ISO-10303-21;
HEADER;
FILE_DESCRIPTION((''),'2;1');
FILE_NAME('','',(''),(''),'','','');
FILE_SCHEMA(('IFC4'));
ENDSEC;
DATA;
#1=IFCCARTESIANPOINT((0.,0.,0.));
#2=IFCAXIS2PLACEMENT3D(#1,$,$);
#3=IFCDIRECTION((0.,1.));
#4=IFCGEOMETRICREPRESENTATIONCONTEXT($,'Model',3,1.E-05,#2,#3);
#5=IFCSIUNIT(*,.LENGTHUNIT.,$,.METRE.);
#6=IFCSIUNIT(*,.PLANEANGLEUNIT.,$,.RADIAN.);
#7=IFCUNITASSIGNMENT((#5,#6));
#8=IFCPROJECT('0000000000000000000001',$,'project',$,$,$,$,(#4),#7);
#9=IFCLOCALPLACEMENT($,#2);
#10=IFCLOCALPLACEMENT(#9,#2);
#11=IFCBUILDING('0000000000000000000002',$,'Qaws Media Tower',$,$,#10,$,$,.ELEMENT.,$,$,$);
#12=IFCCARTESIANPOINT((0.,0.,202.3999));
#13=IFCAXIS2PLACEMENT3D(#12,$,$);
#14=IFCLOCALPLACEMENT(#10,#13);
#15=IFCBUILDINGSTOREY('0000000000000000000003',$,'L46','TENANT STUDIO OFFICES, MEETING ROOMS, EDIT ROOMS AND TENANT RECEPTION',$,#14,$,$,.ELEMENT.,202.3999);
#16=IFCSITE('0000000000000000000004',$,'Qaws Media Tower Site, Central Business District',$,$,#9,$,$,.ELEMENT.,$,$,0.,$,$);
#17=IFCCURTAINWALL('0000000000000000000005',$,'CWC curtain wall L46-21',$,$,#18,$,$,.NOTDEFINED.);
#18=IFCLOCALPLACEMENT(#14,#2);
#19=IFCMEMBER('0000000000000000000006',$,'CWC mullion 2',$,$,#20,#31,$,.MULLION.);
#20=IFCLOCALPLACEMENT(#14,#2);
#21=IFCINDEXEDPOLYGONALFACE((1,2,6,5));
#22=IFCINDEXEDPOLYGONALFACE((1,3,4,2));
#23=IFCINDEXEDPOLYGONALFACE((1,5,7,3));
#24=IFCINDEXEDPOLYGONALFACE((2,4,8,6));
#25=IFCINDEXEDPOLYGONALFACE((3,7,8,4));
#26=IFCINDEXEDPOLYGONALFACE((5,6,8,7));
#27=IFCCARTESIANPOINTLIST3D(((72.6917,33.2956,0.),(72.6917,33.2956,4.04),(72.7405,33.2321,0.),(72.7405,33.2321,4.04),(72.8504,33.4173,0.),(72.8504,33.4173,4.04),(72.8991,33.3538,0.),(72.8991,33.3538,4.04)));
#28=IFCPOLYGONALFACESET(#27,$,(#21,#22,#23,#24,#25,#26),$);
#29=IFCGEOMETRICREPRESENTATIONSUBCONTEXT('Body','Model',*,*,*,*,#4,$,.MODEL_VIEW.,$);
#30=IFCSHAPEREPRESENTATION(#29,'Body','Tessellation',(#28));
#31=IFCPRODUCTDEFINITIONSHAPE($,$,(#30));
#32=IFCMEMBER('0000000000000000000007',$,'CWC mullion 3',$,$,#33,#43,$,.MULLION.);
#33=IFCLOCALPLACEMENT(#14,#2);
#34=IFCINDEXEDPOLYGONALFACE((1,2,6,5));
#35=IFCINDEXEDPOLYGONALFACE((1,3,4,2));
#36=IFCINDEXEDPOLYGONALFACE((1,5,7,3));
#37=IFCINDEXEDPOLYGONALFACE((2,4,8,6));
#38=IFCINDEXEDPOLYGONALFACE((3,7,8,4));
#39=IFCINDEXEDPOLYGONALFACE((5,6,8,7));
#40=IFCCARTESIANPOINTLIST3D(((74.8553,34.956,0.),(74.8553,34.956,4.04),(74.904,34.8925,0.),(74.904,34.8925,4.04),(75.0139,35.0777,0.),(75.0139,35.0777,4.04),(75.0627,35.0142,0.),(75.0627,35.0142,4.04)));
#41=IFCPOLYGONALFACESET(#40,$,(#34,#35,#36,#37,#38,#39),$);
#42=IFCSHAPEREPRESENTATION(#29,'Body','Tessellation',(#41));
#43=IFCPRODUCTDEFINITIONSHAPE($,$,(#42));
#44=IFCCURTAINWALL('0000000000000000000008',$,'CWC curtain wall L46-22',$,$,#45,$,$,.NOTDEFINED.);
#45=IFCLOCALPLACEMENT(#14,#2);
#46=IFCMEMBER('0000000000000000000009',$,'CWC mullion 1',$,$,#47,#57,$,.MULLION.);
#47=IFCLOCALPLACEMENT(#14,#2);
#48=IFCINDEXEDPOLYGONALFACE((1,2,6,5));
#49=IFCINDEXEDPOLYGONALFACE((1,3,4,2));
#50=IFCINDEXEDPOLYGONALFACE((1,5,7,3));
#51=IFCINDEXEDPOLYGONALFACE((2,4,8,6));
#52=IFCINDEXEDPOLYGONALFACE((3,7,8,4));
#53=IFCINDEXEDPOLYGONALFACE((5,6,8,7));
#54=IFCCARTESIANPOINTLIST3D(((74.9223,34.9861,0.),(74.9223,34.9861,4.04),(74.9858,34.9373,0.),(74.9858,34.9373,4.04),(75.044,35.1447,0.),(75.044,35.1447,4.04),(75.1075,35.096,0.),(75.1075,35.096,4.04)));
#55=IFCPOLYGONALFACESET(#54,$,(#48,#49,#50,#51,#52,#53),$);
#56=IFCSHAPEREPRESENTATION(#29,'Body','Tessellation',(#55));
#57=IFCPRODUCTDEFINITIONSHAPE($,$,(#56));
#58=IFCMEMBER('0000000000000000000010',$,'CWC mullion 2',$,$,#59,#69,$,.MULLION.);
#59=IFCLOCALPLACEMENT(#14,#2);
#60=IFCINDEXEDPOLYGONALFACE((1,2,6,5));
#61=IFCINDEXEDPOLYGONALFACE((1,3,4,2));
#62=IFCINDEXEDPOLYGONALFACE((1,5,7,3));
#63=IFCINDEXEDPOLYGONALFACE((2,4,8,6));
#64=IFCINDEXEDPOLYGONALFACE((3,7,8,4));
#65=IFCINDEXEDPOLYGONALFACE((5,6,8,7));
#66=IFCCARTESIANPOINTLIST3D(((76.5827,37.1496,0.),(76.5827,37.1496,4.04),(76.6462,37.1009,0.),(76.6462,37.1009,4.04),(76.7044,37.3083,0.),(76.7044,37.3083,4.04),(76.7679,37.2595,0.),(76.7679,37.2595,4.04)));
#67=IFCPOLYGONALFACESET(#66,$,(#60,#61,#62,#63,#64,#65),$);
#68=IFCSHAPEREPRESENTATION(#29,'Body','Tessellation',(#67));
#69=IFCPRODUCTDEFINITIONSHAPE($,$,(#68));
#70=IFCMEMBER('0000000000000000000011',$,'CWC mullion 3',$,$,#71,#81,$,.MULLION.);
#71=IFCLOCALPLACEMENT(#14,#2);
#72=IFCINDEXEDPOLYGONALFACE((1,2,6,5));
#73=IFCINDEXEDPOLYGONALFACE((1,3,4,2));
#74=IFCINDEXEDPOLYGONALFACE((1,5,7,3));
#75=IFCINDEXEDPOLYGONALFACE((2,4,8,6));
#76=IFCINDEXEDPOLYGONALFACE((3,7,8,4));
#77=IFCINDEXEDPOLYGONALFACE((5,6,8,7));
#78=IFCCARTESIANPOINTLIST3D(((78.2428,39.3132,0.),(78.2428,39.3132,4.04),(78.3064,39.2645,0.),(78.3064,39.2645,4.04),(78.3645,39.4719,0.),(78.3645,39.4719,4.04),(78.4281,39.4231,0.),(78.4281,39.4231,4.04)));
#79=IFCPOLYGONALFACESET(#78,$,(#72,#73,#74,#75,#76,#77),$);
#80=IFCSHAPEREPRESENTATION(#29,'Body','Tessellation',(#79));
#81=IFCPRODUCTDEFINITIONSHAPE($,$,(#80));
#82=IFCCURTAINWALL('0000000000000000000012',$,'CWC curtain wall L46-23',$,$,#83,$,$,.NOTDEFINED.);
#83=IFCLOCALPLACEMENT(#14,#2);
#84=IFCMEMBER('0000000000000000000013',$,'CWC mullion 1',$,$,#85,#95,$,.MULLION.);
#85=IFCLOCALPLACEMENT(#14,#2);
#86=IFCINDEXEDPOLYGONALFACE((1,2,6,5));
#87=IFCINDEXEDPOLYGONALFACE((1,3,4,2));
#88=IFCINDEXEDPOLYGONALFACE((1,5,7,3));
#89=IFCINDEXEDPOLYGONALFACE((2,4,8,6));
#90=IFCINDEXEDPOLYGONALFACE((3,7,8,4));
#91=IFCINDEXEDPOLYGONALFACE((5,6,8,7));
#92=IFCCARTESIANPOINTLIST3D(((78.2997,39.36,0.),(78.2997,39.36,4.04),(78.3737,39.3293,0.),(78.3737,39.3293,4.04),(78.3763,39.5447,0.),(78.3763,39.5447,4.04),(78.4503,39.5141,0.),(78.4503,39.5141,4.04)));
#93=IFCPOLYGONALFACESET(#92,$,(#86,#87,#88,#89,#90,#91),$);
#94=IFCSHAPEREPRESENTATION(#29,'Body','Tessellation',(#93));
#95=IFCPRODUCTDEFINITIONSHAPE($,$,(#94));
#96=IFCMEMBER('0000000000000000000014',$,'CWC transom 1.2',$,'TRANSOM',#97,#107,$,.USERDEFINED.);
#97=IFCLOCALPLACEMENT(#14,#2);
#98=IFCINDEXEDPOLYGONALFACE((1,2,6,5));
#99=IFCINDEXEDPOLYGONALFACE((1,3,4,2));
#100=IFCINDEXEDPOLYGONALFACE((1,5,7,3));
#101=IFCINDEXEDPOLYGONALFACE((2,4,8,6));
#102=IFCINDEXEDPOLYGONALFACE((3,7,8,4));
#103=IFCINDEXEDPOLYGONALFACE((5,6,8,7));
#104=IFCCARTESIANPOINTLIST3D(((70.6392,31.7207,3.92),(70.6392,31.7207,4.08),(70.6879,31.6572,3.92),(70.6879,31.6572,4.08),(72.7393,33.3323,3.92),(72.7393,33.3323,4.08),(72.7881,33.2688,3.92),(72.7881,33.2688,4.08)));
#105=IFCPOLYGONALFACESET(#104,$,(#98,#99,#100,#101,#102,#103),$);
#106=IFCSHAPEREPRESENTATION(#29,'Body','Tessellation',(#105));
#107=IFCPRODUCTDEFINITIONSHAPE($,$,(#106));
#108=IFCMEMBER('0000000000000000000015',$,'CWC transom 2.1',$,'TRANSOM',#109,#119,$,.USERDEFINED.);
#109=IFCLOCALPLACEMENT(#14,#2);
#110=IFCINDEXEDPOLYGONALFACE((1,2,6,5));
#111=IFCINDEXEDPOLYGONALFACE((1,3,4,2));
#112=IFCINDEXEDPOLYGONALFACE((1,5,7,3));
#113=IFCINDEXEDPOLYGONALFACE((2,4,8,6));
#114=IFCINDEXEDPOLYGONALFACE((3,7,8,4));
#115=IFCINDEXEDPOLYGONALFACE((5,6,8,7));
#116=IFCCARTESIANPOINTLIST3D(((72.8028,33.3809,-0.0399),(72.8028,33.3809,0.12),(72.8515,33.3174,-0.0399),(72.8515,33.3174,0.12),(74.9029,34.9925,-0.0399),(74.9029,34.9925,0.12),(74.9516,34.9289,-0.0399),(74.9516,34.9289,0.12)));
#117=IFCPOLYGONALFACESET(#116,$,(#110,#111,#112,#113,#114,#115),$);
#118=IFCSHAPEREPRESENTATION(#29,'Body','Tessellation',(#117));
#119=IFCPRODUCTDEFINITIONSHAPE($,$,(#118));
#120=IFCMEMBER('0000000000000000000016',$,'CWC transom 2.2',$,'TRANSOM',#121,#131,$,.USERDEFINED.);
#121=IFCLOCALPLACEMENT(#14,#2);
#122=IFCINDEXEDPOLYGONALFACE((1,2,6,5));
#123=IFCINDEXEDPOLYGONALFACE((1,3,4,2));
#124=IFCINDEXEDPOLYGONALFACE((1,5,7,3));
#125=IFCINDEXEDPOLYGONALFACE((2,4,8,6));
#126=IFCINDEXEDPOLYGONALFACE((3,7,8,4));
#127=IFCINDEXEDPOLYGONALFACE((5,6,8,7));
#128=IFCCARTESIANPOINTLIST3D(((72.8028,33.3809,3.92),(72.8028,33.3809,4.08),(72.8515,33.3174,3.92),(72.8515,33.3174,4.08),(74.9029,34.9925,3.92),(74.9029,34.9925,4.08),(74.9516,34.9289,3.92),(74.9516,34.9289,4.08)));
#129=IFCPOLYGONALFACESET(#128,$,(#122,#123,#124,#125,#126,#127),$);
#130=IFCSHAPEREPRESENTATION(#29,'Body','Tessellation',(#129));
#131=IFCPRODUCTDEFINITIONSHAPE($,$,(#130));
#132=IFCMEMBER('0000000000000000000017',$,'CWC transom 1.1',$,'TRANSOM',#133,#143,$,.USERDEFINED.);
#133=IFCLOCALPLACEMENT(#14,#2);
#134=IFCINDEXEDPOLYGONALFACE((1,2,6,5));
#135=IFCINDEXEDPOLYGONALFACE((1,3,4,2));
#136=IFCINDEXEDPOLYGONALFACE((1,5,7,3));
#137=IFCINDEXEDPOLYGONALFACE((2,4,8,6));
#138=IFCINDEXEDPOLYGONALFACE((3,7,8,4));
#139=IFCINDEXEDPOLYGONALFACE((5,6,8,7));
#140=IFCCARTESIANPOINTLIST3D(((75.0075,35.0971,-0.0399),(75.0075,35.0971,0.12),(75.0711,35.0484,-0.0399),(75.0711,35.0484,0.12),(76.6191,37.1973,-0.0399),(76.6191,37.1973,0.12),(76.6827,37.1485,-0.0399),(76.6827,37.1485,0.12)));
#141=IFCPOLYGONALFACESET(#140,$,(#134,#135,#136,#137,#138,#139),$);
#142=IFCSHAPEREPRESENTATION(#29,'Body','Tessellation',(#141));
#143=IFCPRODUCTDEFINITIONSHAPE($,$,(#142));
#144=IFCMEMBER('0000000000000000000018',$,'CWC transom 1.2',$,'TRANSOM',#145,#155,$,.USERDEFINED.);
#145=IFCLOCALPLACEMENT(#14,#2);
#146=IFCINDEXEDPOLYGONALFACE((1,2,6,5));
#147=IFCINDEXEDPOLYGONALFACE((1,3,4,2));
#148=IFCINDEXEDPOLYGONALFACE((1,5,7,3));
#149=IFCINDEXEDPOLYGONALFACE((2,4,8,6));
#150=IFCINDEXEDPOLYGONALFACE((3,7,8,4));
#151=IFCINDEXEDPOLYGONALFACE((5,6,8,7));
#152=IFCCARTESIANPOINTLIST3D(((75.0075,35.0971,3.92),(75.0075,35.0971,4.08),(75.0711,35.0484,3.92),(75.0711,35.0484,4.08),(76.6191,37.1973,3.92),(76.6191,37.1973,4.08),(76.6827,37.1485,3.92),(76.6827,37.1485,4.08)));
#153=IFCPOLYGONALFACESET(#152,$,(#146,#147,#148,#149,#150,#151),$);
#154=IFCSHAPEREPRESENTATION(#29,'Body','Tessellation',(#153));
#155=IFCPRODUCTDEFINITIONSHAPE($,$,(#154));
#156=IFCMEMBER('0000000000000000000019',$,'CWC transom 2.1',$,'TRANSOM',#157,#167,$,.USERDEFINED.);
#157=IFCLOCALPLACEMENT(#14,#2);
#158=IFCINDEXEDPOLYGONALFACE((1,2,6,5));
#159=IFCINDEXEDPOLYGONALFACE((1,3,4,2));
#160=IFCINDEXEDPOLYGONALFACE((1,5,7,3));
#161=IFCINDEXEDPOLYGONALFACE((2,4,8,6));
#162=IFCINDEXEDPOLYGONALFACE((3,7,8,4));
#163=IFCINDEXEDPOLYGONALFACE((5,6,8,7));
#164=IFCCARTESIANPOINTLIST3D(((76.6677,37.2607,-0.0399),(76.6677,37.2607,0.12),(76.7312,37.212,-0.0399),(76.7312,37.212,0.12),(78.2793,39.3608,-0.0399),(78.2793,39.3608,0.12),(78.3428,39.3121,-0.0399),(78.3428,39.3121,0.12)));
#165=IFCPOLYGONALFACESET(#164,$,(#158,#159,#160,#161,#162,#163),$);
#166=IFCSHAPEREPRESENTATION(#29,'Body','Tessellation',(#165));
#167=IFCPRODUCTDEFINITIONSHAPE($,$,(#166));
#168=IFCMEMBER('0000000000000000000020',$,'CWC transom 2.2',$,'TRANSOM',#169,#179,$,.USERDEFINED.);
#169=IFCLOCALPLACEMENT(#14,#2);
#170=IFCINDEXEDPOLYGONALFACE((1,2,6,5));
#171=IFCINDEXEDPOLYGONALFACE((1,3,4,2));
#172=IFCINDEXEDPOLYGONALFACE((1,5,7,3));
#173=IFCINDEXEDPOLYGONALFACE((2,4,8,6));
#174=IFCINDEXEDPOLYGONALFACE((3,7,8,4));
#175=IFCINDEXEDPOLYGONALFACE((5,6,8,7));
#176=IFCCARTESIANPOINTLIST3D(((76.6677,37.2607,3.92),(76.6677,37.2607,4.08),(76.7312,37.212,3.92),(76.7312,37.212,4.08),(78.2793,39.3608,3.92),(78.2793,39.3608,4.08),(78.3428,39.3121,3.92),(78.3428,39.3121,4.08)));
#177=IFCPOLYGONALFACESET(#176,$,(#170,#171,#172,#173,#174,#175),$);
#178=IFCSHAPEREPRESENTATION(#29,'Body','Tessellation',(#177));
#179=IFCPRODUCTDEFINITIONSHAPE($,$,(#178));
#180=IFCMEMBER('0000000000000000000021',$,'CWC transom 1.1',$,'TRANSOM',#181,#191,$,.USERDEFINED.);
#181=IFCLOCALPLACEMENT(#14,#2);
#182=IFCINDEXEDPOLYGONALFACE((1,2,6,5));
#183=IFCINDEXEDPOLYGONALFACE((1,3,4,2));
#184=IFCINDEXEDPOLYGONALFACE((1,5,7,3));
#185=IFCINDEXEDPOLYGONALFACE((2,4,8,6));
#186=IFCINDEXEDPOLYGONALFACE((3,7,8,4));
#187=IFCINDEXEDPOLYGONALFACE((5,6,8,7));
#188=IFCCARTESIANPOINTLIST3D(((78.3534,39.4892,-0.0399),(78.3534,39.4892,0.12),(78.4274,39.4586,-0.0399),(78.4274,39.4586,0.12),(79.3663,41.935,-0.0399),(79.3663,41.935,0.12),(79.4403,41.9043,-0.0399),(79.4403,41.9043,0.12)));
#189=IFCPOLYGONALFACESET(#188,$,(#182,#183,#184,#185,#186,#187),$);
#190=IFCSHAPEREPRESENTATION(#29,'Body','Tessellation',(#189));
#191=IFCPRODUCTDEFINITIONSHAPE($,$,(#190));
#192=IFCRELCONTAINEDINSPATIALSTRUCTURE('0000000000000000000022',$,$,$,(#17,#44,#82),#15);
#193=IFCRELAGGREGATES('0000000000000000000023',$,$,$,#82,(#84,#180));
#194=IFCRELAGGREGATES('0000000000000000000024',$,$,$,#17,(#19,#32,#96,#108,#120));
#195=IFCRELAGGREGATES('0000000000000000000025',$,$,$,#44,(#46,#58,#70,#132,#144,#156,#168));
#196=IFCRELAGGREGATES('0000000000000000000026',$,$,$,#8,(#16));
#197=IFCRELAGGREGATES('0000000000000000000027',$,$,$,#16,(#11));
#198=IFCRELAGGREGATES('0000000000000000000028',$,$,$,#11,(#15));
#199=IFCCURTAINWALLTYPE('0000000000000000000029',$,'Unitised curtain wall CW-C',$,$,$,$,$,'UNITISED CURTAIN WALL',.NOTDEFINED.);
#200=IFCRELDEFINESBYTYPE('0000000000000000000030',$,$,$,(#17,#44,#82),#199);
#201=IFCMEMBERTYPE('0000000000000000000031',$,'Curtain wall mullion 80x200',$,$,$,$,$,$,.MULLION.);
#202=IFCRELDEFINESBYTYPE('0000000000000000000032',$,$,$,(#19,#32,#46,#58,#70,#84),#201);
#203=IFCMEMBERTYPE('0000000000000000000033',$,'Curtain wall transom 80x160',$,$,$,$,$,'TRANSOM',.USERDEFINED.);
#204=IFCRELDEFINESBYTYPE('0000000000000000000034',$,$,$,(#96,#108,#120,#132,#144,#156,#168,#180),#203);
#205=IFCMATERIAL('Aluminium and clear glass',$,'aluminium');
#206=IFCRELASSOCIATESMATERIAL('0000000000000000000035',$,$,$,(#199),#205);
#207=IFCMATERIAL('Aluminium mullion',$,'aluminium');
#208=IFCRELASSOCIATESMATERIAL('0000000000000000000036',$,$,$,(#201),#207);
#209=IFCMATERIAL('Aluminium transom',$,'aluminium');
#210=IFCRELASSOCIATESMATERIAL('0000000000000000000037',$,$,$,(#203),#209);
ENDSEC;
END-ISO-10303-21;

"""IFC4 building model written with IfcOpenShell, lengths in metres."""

from ifc_helpers import new_model, si_unit, direction, frame, origin, origin_2d, place, context, subcontext, project, spatial, rectangle, extrude, material, material_profile, profile_set, type_object, element, aggregate, save


model = new_model("IFC4")

# Units and contexts
model_context = context("Model", 3, precision=1e-05, world=origin(), true_north=direction((0.0, 1.0)))
body_context = subcontext(model_context, "Body", "Model", "MODEL_VIEW")
ifc_project = project(units=[si_unit("LENGTHUNIT", "METRE"), si_unit("PLANEANGLEUNIT", "RADIAN")], contexts=[model_context])

# Site, building, storey
site_placement = place(None, origin())
site = spatial("IfcSite", under=ifc_project, at=site_placement, Name="Qaws Media Tower Site, Central Business District", CompositionType="ELEMENT", RefElevation=0.0)
building_placement = place(site_placement, origin())
building = spatial("IfcBuilding", under=site, at=building_placement, Name="Qaws Media Tower", CompositionType="ELEMENT")
storey_placement = place(building_placement, frame((0.0, 0.0, 202.3999)))
storey = spatial("IfcBuildingStorey", under=building, at=storey_placement, Name="L46", Description="TENANT STUDIO OFFICES, MEETING ROOMS, EDIT ROOMS AND TENANT RECEPTION", CompositionType="ELEMENT", Elevation=202.3999)

# Curtain walls, members
ifc_material_1 = material(Name="Aluminium and clear glass", Category="aluminium")
curtain_wall_type = type_object("IfcCurtainWallType", Name="Unitised curtain wall CW-C", ElementType="UNITISED CURTAIN WALL", PredefinedType="NOTDEFINED", material=ifc_material_1)
curtain_wall_1_placement = place(storey_placement, origin())
curtain_wall_1 = element("IfcCurtainWall", 1, at=curtain_wall_1_placement, inside=storey, type_object=curtain_wall_type, Name="CWC curtain wall L46-21", PredefinedType="NOTDEFINED")
ifc_material_2 = material(Name="Aluminium mullion", Category="aluminium")
ifc_material_profile_1 = material_profile(ifc_material_2, rectangle(XDim=0.0801, YDim=0.2, at=origin_2d()), Name="80x200")
ifc_profile_set_1 = profile_set([ifc_material_profile_1], Name="Aluminium mullion")
member_type_1 = type_object("IfcMemberType", Name="Curtain wall mullion 80x200", PredefinedType="MULLION", material=ifc_profile_set_1)
member_1_placement = place(storey_placement, frame((72.7954, 33.3247, 0.0), z_axis=(0.0, 0.0, 1.0), x_axis=(-0.608761, 0.793353, 0.0)))
member_1 = element("IfcMember", 2, at=member_1_placement, type_object=member_type_1, Name="CWC mullion 2", PredefinedType="MULLION", context=body_context, shape_type="SweptSolid", body=[
    extrude(rectangle(XDim=0.0801, YDim=0.2, at=origin_2d()), origin(), (0.0, 0.0, 1.0), 4.04),
])
member_2_placement = place(storey_placement, frame((74.959, 34.9851, 0.0), z_axis=(0.0, 0.0, 1.0), x_axis=(-0.608761, 0.793353, 0.0)))
member_2 = element("IfcMember", 3, at=member_2_placement, type_object=member_type_1, Name="CWC mullion 3", PredefinedType="MULLION", context=body_context, shape_type="SweptSolid", body=[
    extrude(rectangle(XDim=0.0801, YDim=0.2, at=origin_2d()), origin(), (0.0, 0.0, 1.0), 4.04),
])
curtain_wall_2_placement = place(storey_placement, origin())
curtain_wall_2 = element("IfcCurtainWall", 4, at=curtain_wall_2_placement, inside=storey, type_object=curtain_wall_type, Name="CWC curtain wall L46-22", PredefinedType="NOTDEFINED")
member_3_placement = place(storey_placement, frame((75.0149, 35.041, 0.0), z_axis=(0.0, 0.0, 1.0), x_axis=(-0.793353, 0.608761, 0.0)))
member_3 = element("IfcMember", 5, at=member_3_placement, type_object=member_type_1, Name="CWC mullion 1", PredefinedType="MULLION", context=body_context, shape_type="SweptSolid", body=[
    extrude(rectangle(XDim=0.0801, YDim=0.2, at=origin_2d()), origin(), (0.0, 0.0, 1.0), 4.04),
])
member_4_placement = place(storey_placement, frame((76.6753, 37.2046, 0.0), z_axis=(0.0, 0.0, 1.0), x_axis=(-0.793353, 0.608761, 0.0)))
member_4 = element("IfcMember", 6, at=member_4_placement, type_object=member_type_1, Name="CWC mullion 2", PredefinedType="MULLION", context=body_context, shape_type="SweptSolid", body=[
    extrude(rectangle(XDim=0.0801, YDim=0.2, at=origin_2d()), origin(), (0.0, 0.0, 1.0), 4.04),
])
member_5_placement = place(storey_placement, frame((78.3354, 39.3682, 0.0), z_axis=(0.0, 0.0, 1.0), x_axis=(-0.793353, 0.608761, 0.0)))
member_5 = element("IfcMember", 7, at=member_5_placement, type_object=member_type_1, Name="CWC mullion 3", PredefinedType="MULLION", context=body_context, shape_type="SweptSolid", body=[
    extrude(rectangle(XDim=0.0801, YDim=0.2, at=origin_2d()), origin(), (0.0, 0.0, 1.0), 4.04),
])

# Curtain wall, member
curtain_wall_3_placement = place(storey_placement, origin())
curtain_wall_3 = element("IfcCurtainWall", 8, at=curtain_wall_3_placement, inside=storey, type_object=curtain_wall_type, Name="CWC curtain wall L46-23", PredefinedType="NOTDEFINED")
member_6_placement = place(storey_placement, frame((78.375, 39.437, 0.0), z_axis=(0.0, 0.0, 1.0), x_axis=(-0.92388, 0.382683, 0.0)))
member_6 = element("IfcMember", 9, at=member_6_placement, type_object=member_type_1, Name="CWC mullion 1", PredefinedType="MULLION", context=body_context, shape_type="SweptSolid", body=[
    extrude(rectangle(XDim=0.0801, YDim=0.2, at=origin_2d()), origin(), (0.0, 0.0, 1.0), 4.04),
])

# Members
ifc_material_3 = material(Name="Aluminium transom", Category="aluminium")
ifc_material_profile_2 = material_profile(ifc_material_3, rectangle(XDim=0.0801, YDim=0.1599, at=origin_2d()), Name="80x160")
ifc_profile_set_2 = profile_set([ifc_material_profile_2], Name="Aluminium transom")
member_type_2 = type_object("IfcMemberType", Name="Curtain wall transom 80x160", ElementType="TRANSOM", PredefinedType="USERDEFINED", material=ifc_profile_set_2)
member_7_placement = place(storey_placement, frame((70.6636, 31.689, 4.0), z_axis=(0.793333, 0.608788, 0.0), x_axis=(-0.608788, 0.793333, 0.0)))
member_7 = element("IfcMember", 10, at=member_7_placement, type_object=member_type_2, Name="CWC transom 1.2", ObjectType="TRANSOM", PredefinedType="USERDEFINED", context=body_context, shape_type="SweptSolid", body=[
    extrude(rectangle(XDim=0.0801, YDim=0.1599, at=origin_2d()), origin(), (0.0, 0.0, 1.0), 2.6472),
])
member_8_placement = place(storey_placement, frame((72.8271, 33.3491, 0.04), z_axis=(0.793333, 0.608788, 0.0), x_axis=(-0.608788, 0.793333, 0.0)))
member_8 = element("IfcMember", 11, at=member_8_placement, type_object=member_type_2, Name="CWC transom 2.1", ObjectType="TRANSOM", PredefinedType="USERDEFINED", context=body_context, shape_type="SweptSolid", body=[
    extrude(rectangle(XDim=0.0801, YDim=0.1599, at=origin_2d()), origin(), (0.0, 0.0, 1.0), 2.6472),
])
member_9_placement = place(storey_placement, frame((72.8271, 33.3491, 4.0), z_axis=(0.793333, 0.608788, 0.0), x_axis=(-0.608788, 0.793333, 0.0)))
member_9 = element("IfcMember", 12, at=member_9_placement, type_object=member_type_2, Name="CWC transom 2.2", ObjectType="TRANSOM", PredefinedType="USERDEFINED", context=body_context, shape_type="SweptSolid", body=[
    extrude(rectangle(XDim=0.0801, YDim=0.1599, at=origin_2d()), origin(), (0.0, 0.0, 1.0), 2.6472),
])
member_10_placement = place(storey_placement, frame((75.0393, 35.0728, 0.04), z_axis=(0.608788, 0.793333, 0.0), x_axis=(-0.793333, 0.608788, 0.0)))
member_10 = element("IfcMember", 13, at=member_10_placement, type_object=member_type_2, Name="CWC transom 1.1", ObjectType="TRANSOM", PredefinedType="USERDEFINED", context=body_context, shape_type="SweptSolid", body=[
    extrude(rectangle(XDim=0.0801, YDim=0.1599, at=origin_2d()), origin(), (0.0, 0.0, 1.0), 2.6472),
])
member_11_placement = place(storey_placement, frame((75.0393, 35.0728, 4.0), z_axis=(0.608788, 0.793333, 0.0), x_axis=(-0.793333, 0.608788, 0.0)))
member_11 = element("IfcMember", 14, at=member_11_placement, type_object=member_type_2, Name="CWC transom 1.2", ObjectType="TRANSOM", PredefinedType="USERDEFINED", context=body_context, shape_type="SweptSolid", body=[
    extrude(rectangle(XDim=0.0801, YDim=0.1599, at=origin_2d()), origin(), (0.0, 0.0, 1.0), 2.6472),
])
member_12_placement = place(storey_placement, frame((76.6995, 37.2363, 0.04), z_axis=(0.608788, 0.793333, 0.0), x_axis=(-0.793333, 0.608788, 0.0)))
member_12 = element("IfcMember", 15, at=member_12_placement, type_object=member_type_2, Name="CWC transom 2.1", ObjectType="TRANSOM", PredefinedType="USERDEFINED", context=body_context, shape_type="SweptSolid", body=[
    extrude(rectangle(XDim=0.0801, YDim=0.1599, at=origin_2d()), origin(), (0.0, 0.0, 1.0), 2.6472),
])
member_13_placement = place(storey_placement, frame((76.6995, 37.2363, 4.0), z_axis=(0.608788, 0.793333, 0.0), x_axis=(-0.793333, 0.608788, 0.0)))
member_13 = element("IfcMember", 16, at=member_13_placement, type_object=member_type_2, Name="CWC transom 2.2", ObjectType="TRANSOM", PredefinedType="USERDEFINED", context=body_context, shape_type="SweptSolid", body=[
    extrude(rectangle(XDim=0.0801, YDim=0.1599, at=origin_2d()), origin(), (0.0, 0.0, 1.0), 2.6472),
])
member_14_placement = place(storey_placement, frame((78.3904, 39.4739, 0.04), z_axis=(0.382637, 0.923899, 0.0), x_axis=(-0.923899, 0.382637, 0.0)))
member_14 = element("IfcMember", 17, at=member_14_placement, type_object=member_type_2, Name="CWC transom 1.1", ObjectType="TRANSOM", PredefinedType="USERDEFINED", context=body_context, shape_type="SweptSolid", body=[
    extrude(rectangle(XDim=0.0801, YDim=0.1599, at=origin_2d()), origin(), (0.0, 0.0, 1.0), 2.6472),
])
aggregate(curtain_wall_3, [member_6, member_14])

aggregate(curtain_wall_1, [member_1, member_2, member_7, member_8, member_9])
aggregate(curtain_wall_2, [member_3, member_4, member_5, member_10, member_11, member_12, member_13])

save(model, "model.ifc")
